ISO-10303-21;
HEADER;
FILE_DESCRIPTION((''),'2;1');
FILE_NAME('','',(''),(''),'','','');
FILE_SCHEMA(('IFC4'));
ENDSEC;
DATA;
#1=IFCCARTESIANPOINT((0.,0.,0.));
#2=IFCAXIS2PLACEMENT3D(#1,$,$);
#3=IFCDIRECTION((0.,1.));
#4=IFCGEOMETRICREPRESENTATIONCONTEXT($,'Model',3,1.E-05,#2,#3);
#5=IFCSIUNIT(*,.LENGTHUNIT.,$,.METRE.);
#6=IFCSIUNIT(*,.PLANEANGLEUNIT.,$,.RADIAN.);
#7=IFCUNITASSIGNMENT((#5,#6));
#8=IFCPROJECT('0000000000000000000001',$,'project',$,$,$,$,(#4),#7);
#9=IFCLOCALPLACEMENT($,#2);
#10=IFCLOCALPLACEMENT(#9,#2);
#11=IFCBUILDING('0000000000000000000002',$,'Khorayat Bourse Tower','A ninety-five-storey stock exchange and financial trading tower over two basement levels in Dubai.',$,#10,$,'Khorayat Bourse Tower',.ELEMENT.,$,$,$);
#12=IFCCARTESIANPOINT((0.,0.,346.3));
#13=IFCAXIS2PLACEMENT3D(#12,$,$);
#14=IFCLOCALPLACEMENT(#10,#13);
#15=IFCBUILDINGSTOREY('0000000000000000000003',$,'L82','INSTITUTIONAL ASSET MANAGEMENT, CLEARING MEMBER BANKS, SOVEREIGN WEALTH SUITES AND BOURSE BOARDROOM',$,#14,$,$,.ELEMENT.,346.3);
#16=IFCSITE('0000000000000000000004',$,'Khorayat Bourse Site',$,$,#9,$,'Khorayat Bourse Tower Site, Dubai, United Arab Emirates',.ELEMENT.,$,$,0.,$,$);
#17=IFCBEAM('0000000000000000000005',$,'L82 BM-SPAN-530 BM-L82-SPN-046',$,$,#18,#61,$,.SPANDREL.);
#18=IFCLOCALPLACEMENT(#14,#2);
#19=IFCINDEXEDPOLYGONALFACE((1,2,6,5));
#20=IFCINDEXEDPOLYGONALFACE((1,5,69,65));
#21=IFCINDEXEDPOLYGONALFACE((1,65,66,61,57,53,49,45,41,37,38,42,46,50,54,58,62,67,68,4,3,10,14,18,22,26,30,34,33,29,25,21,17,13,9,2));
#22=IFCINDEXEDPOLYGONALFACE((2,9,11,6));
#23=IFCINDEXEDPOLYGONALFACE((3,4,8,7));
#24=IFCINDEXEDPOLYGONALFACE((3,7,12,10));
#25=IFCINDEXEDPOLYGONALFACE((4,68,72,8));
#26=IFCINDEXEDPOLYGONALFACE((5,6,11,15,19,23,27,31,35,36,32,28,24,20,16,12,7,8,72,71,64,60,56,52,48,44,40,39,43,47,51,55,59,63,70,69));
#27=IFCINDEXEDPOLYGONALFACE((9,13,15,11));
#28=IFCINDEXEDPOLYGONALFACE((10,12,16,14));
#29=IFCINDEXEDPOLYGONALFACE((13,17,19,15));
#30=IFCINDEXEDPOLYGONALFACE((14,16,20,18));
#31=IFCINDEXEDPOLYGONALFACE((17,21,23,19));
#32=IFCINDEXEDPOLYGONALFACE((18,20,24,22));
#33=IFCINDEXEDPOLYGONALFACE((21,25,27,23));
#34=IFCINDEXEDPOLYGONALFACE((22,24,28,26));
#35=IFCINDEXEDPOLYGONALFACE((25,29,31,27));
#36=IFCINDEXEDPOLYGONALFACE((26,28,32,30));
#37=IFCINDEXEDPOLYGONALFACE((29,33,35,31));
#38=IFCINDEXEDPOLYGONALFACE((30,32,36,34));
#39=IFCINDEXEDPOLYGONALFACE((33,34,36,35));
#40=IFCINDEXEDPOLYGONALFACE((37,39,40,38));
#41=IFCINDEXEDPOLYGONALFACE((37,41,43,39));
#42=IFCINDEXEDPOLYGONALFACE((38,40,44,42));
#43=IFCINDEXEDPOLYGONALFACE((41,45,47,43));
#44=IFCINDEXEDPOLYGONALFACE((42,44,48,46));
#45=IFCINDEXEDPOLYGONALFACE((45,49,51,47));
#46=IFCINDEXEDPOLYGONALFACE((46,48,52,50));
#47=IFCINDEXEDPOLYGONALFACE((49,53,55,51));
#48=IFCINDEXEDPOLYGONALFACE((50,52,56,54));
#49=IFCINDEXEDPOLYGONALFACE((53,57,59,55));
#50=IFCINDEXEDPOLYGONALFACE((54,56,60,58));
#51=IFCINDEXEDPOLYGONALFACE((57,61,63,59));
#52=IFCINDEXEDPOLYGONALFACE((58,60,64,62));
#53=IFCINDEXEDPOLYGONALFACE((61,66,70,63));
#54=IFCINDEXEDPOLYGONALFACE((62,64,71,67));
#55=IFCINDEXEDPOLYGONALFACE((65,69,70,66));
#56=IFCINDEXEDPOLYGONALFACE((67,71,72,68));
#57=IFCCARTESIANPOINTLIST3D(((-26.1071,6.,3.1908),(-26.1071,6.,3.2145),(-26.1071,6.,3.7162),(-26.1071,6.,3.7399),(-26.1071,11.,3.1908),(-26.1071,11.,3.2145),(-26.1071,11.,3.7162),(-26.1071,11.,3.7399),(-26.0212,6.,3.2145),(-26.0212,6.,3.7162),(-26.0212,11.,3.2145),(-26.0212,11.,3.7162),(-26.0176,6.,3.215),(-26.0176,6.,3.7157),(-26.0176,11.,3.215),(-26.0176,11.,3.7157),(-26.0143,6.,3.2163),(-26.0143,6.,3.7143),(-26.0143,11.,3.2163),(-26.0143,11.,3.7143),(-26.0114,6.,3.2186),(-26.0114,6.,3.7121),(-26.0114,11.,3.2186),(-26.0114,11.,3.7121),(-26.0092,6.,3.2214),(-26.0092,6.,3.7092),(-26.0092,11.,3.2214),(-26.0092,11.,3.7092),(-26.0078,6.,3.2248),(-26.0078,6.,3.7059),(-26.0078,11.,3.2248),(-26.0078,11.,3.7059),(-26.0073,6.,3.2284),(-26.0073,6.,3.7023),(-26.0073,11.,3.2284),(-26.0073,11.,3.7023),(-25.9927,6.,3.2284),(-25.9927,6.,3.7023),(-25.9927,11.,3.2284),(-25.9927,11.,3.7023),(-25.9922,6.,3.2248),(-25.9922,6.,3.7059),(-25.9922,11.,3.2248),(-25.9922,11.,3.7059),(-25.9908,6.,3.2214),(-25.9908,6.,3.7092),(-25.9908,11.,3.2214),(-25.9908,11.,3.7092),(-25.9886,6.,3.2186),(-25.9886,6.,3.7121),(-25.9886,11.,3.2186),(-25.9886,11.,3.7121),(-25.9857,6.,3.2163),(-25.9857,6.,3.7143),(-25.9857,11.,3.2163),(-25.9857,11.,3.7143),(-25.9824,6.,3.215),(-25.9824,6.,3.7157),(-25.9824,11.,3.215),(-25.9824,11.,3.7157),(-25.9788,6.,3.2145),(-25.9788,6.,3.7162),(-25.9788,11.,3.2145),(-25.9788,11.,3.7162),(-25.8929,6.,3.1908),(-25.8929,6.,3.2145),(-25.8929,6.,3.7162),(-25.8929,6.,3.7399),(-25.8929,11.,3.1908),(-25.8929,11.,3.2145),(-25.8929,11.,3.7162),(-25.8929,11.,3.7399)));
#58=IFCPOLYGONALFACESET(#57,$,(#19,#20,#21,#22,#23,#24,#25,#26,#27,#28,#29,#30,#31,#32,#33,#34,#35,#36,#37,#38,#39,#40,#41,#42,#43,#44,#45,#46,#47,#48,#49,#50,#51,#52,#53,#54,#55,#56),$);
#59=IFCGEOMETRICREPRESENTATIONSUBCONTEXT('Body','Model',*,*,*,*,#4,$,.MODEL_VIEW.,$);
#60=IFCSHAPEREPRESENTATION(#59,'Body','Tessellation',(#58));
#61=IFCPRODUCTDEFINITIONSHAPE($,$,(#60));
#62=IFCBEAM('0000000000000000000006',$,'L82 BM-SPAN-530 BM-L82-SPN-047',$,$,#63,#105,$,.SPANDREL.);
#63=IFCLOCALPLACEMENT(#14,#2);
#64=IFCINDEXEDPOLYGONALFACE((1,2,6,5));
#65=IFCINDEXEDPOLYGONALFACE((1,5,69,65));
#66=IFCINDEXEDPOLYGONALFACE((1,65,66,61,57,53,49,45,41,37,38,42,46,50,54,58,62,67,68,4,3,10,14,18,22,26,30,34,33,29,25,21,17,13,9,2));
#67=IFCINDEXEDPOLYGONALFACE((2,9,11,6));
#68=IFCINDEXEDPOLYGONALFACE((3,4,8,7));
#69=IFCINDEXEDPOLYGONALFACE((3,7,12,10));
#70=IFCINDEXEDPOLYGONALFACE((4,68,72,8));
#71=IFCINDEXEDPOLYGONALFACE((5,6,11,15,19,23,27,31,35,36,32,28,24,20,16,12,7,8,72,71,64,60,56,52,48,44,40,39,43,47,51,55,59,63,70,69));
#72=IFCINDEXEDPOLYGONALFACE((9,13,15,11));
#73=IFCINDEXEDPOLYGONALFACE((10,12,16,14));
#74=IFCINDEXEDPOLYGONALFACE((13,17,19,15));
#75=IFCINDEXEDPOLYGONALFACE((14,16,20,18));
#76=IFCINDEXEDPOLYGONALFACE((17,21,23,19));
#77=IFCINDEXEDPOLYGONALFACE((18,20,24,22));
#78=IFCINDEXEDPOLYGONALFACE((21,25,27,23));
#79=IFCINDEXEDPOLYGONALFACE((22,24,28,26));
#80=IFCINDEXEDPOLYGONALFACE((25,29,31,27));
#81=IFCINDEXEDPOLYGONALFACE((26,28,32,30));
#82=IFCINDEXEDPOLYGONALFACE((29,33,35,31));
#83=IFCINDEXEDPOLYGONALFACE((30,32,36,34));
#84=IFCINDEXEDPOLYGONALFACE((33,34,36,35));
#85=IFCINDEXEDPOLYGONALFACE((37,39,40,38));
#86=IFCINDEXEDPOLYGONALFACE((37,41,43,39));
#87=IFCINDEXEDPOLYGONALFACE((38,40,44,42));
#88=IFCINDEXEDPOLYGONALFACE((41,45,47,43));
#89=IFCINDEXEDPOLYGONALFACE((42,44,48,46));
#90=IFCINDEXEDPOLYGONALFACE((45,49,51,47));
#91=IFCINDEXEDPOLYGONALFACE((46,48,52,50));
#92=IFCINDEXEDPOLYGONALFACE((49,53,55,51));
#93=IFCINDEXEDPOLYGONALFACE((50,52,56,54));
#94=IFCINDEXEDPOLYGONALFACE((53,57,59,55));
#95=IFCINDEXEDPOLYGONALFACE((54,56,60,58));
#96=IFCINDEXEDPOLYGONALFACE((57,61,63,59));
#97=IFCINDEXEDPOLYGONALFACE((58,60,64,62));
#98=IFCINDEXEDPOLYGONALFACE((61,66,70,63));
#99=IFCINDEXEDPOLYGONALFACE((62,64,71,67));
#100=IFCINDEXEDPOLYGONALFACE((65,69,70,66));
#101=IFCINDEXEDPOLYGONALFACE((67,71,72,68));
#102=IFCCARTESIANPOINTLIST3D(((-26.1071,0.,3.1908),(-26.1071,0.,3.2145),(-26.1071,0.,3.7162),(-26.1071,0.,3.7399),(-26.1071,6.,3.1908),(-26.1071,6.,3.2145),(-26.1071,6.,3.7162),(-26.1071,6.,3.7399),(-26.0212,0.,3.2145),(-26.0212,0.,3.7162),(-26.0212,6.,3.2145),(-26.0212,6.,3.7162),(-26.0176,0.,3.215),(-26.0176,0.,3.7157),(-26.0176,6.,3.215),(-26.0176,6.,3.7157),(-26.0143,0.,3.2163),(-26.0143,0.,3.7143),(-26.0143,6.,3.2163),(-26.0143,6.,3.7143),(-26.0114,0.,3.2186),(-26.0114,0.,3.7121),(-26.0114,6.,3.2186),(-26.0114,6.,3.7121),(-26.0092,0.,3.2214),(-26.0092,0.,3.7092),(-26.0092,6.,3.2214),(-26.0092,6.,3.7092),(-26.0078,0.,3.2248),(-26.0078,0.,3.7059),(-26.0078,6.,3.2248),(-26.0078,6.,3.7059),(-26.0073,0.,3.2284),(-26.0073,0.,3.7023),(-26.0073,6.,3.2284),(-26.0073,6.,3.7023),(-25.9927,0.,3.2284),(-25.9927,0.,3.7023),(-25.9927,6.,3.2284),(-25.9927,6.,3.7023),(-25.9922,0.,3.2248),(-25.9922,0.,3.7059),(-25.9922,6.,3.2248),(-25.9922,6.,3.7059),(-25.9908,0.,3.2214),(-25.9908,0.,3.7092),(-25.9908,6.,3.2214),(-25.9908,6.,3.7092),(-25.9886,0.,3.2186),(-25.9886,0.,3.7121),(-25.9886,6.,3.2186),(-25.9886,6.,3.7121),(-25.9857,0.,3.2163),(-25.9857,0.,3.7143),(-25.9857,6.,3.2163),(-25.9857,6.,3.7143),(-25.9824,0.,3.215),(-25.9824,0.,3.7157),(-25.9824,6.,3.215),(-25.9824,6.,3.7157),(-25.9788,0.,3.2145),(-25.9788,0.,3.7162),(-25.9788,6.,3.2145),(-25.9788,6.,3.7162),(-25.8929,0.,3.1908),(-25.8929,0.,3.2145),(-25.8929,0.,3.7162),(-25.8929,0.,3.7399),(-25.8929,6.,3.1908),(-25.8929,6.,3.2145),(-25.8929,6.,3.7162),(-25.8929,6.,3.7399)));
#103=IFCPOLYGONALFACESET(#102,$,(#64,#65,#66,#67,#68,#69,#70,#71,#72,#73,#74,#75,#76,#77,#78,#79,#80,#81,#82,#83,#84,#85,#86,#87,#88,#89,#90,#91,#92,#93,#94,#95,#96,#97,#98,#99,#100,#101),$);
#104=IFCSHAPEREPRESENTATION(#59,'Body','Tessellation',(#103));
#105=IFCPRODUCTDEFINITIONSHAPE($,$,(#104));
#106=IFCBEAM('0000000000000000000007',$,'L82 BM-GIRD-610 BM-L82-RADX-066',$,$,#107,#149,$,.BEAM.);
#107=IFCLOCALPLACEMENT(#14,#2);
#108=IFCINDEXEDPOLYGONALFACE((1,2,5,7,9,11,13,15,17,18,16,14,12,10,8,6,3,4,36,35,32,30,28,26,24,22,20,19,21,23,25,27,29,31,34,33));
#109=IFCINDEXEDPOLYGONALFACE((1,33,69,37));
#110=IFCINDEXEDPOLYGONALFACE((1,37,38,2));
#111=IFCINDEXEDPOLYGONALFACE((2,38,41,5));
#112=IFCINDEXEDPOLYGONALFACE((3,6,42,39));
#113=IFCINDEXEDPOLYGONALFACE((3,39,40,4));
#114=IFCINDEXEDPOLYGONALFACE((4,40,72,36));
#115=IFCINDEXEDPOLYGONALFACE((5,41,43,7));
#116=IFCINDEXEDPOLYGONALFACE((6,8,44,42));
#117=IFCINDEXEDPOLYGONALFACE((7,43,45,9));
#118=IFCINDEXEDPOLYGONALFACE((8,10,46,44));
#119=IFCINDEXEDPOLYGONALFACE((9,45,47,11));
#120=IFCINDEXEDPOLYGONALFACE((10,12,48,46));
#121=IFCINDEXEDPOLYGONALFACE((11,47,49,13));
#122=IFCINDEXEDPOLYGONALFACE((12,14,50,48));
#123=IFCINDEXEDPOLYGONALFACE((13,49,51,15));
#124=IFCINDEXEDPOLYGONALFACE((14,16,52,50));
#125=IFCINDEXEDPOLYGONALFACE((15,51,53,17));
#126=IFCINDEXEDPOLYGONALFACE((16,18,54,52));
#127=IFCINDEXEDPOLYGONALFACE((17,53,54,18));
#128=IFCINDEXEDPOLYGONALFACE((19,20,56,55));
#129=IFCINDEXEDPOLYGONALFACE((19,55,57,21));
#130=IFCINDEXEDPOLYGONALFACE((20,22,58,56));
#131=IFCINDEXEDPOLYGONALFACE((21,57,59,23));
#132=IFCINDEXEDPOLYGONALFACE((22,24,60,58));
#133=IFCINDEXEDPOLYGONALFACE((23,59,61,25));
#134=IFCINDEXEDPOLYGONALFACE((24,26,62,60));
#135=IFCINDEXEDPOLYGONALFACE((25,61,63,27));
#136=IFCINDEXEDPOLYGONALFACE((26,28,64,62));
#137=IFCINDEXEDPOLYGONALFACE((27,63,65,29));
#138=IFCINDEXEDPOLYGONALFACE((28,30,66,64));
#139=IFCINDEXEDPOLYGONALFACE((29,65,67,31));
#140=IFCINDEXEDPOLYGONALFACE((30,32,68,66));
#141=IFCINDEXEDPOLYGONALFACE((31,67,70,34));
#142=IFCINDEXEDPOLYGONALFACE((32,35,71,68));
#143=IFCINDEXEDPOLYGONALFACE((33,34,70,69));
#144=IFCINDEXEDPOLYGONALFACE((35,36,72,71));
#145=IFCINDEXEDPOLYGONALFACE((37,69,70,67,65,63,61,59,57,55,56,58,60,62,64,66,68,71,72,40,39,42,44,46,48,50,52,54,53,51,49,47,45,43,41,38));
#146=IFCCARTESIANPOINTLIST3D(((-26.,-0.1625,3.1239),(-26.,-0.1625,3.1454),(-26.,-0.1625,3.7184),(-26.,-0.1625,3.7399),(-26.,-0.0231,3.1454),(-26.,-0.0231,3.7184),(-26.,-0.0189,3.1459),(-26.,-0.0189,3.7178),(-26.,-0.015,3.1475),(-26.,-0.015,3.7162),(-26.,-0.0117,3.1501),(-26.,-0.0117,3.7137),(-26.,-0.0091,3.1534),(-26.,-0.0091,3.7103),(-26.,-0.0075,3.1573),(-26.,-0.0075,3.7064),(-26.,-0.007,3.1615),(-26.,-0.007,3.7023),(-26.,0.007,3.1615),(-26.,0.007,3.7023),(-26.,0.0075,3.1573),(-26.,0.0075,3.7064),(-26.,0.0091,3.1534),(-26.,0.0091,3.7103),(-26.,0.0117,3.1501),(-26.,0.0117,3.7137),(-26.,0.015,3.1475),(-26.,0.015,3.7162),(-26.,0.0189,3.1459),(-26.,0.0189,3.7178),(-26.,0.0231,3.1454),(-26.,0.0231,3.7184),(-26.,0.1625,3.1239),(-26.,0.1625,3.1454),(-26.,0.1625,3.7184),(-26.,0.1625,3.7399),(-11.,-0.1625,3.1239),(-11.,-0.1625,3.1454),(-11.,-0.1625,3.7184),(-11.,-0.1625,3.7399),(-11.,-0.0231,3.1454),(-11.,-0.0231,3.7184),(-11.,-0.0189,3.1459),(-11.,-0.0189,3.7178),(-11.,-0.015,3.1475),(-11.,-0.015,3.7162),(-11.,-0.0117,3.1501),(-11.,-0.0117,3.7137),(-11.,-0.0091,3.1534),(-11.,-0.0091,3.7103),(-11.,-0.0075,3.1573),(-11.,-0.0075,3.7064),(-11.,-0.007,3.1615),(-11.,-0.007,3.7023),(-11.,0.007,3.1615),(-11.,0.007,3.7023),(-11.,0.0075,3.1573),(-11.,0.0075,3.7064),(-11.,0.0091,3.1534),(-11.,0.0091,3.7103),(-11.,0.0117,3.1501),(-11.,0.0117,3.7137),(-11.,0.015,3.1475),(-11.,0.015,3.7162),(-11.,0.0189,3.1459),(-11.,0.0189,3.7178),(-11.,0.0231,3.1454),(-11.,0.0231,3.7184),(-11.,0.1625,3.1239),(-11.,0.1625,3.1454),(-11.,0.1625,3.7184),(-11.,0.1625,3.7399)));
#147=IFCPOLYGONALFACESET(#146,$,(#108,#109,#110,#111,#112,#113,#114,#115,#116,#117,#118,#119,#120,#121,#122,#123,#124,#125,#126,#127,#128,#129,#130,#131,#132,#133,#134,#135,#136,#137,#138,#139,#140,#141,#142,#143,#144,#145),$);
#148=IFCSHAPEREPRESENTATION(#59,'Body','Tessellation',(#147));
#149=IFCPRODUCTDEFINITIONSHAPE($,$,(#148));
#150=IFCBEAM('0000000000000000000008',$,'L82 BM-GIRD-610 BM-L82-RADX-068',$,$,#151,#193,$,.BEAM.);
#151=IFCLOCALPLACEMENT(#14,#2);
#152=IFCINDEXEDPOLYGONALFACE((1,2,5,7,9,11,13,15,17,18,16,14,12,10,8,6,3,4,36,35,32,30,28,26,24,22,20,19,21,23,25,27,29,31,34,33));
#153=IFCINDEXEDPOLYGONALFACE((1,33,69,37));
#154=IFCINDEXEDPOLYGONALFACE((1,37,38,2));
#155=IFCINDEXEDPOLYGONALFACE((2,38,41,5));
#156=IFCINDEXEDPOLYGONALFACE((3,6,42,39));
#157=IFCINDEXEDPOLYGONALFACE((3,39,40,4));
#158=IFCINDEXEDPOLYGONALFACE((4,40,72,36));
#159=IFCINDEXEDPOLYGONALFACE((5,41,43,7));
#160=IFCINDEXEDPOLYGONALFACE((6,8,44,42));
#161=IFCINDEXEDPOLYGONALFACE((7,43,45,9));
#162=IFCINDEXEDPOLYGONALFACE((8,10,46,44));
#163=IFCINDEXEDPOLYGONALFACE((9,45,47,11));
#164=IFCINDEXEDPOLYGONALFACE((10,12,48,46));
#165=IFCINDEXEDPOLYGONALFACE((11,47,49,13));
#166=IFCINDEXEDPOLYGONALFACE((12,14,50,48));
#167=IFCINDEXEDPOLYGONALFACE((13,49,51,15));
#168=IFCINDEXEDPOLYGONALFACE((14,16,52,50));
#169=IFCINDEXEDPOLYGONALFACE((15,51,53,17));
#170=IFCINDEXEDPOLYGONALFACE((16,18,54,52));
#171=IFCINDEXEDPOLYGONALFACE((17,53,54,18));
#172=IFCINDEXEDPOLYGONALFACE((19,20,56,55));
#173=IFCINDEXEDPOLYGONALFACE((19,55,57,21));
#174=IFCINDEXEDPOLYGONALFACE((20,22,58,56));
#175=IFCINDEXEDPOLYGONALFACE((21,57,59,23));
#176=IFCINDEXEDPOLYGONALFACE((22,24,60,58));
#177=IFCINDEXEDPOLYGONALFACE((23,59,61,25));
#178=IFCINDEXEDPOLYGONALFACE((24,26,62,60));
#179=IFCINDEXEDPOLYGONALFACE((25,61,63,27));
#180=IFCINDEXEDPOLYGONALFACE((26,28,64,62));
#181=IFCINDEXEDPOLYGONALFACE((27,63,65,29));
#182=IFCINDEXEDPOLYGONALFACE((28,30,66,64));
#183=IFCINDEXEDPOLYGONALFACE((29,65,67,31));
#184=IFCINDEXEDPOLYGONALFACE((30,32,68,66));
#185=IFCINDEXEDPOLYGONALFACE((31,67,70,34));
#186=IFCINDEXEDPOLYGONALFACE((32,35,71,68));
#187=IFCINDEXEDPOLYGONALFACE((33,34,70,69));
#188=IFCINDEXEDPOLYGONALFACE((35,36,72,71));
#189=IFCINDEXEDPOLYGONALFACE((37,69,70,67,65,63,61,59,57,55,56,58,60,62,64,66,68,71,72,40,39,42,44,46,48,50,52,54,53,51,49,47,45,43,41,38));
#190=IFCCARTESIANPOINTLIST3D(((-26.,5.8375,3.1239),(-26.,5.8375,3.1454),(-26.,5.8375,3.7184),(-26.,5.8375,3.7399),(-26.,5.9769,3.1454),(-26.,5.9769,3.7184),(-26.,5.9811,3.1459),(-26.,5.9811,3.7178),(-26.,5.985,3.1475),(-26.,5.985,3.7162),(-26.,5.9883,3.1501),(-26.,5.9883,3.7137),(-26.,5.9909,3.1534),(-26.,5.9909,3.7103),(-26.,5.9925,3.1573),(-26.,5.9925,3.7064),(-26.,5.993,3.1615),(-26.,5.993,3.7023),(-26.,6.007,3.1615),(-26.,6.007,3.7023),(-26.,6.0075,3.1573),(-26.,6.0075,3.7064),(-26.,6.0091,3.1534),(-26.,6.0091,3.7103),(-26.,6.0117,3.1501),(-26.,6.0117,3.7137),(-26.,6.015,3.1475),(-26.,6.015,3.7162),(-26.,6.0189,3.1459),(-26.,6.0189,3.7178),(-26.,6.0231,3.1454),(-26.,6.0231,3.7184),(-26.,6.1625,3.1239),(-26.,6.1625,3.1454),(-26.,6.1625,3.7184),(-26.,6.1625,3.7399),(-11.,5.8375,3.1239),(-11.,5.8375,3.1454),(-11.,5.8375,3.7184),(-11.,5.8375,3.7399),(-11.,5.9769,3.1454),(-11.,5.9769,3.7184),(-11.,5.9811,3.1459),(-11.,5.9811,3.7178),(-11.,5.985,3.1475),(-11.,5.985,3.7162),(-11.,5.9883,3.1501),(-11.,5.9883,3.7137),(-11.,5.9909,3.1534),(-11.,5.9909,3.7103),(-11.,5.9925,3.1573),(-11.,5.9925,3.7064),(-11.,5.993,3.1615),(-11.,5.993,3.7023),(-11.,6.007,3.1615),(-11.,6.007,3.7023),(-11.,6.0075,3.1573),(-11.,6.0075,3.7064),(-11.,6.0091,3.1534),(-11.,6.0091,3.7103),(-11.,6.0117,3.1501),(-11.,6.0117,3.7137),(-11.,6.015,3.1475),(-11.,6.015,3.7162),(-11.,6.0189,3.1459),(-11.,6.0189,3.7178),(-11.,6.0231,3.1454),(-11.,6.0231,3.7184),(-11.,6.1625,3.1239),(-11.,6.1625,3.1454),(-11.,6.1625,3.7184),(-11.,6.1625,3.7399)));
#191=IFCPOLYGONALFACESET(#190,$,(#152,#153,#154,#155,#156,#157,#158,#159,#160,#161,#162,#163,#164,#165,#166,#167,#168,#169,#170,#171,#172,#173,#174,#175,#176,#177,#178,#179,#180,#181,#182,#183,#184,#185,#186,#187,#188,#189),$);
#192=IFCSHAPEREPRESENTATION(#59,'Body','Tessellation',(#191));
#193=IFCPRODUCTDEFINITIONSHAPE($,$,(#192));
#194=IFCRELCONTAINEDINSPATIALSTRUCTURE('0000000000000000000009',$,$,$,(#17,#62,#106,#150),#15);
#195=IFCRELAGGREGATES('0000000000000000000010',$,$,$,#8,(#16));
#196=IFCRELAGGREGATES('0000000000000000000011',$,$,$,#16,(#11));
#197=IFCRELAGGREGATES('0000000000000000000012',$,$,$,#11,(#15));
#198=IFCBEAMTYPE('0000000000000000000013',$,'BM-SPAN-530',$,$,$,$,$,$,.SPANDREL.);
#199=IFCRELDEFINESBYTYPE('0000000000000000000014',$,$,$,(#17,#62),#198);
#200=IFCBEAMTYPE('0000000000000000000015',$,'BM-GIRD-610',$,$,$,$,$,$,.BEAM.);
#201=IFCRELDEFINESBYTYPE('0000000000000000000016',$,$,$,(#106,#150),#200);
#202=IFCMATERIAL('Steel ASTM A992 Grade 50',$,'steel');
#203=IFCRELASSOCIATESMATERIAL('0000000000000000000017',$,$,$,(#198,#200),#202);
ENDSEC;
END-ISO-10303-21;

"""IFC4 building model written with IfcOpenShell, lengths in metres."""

from ifc_helpers import new_model, si_unit, direction, frame, origin, origin_2d, place, context, subcontext, project, spatial, i_section, extrude, source, transform, mapped, material, material_profile, profile_set, type_object, element, save


model = new_model("IFC4")

# Units and contexts
model_context = context("Model", 3, precision=1e-05, world=origin(), true_north=direction((0.0, 1.0)))
body_context = subcontext(model_context, "Body", "Model", "MODEL_VIEW")
ifc_project = project(units=[si_unit("LENGTHUNIT", "METRE"), si_unit("PLANEANGLEUNIT", "RADIAN")], contexts=[model_context])

# Site, building, storey
site_placement = place(None, origin())
site = spatial("IfcSite", under=ifc_project, at=site_placement, Name="Khorayat Bourse Site", LongName="Khorayat Bourse Tower Site, Dubai, United Arab Emirates", CompositionType="ELEMENT", RefElevation=0.0)
building_placement = place(site_placement, origin())
building = spatial("IfcBuilding", under=site, at=building_placement, Name="Khorayat Bourse Tower", Description="A ninety-five-storey stock exchange and financial trading tower over two basement levels in Dubai.", LongName="Khorayat Bourse Tower", CompositionType="ELEMENT")
storey_placement = place(building_placement, frame((0.0, 0.0, 346.3)))
storey = spatial("IfcBuildingStorey", under=building, at=storey_placement, Name="L82", Description="INSTITUTIONAL ASSET MANAGEMENT, CLEARING MEMBER BANKS, SOVEREIGN WEALTH SUITES AND BOURSE BOARDROOM", CompositionType="ELEMENT", Elevation=346.3)

# Beams
ifc_material_1 = material(Name="Steel ASTM A992 Grade 50", Category="steel")
ifc_material_profile_1 = material_profile(ifc_material_1, i_section(OverallWidth=0.2141, OverallDepth=0.5491, WebThickness=0.0146, FlangeThickness=0.0237, FilletRadius=0.0139, at=origin_2d()), Name="W530X138")
ifc_profile_set_1 = profile_set([ifc_material_profile_1], Name="Steel ASTM A992 Grade 50")
beam_type_1 = type_object("IfcBeamType", Name="BM-SPAN-530", PredefinedType="SPANDREL", material=ifc_profile_set_1)
shared_shape_1 = source(origin(), body_context, "Body", "SweptSolid", [
    extrude(i_section(OverallWidth=0.2141, OverallDepth=0.5491, WebThickness=0.0146, FlangeThickness=0.0237, FilletRadius=0.0139, at=origin_2d()), origin(), (0.0, 0.0, 1.0), 5.0),
])
beam_1_placement = place(storey_placement, frame((-26.0, 6.0, 3.4653), z_axis=(0.0, 1.0, 0.0), x_axis=(-1.0, 0.0, 0.0)))
element("IfcBeam", 1, at=beam_1_placement, inside=storey, type_object=beam_type_1, Name="L82 BM-SPAN-530 BM-L82-SPN-046", PredefinedType="SPANDREL", context=body_context, shape_type="MappedRepresentation", body=[
    mapped(shared_shape_1, transform((0.0, 0.0, 0.0), scale=1.0)),
])
shared_shape_2 = source(origin(), body_context, "Body", "SweptSolid", [
    extrude(i_section(OverallWidth=0.2141, OverallDepth=0.5491, WebThickness=0.0146, FlangeThickness=0.0237, FilletRadius=0.0139, at=origin_2d()), origin(), (0.0, 0.0, 1.0), 6.0),
])
beam_2_placement = place(storey_placement, frame((-26.0, 0.0, 3.4653), z_axis=(0.0, 1.0, 0.0), x_axis=(-1.0, 0.0, 0.0)))
element("IfcBeam", 2, at=beam_2_placement, inside=storey, type_object=beam_type_1, Name="L82 BM-SPAN-530 BM-L82-SPN-047", PredefinedType="SPANDREL", context=body_context, shape_type="MappedRepresentation", body=[
    mapped(shared_shape_2, transform((0.0, 0.0, 0.0), scale=1.0)),
])
ifc_material_profile_2 = material_profile(ifc_material_1, i_section(OverallWidth=0.325, OverallDepth=0.616, WebThickness=0.0139, FlangeThickness=0.0215, FilletRadius=0.0161, at=origin_2d()), Name="W610X174")
ifc_profile_set_2 = profile_set([ifc_material_profile_2], Name="Steel ASTM A992 Grade 50")
beam_type_2 = type_object("IfcBeamType", Name="BM-GIRD-610", PredefinedType="BEAM", material=ifc_profile_set_2)
shared_shape_3 = source(origin(), body_context, "Body", "SweptSolid", [
    extrude(i_section(OverallWidth=0.325, OverallDepth=0.616, WebThickness=0.0139, FlangeThickness=0.0215, FilletRadius=0.0161, at=origin_2d()), origin(), (0.0, 0.0, 1.0), 15.0),
])
for number, where, z_axis, x_axis, name in (
    (3, (-26.0, 0.0, 3.4319), (1.0, 0.0, 0.0), (0.0, 1.0, 0.0), "L82 BM-GIRD-610 BM-L82-RADX-066"),
    (4, (-26.0, 6.0, 3.4319), (1.0, 0.0, 0.0), (0.0, 1.0, 0.0), "L82 BM-GIRD-610 BM-L82-RADX-068"),
):
    element("IfcBeam", number, at=place(storey_placement, frame(where, z_axis=z_axis, x_axis=x_axis)), inside=storey, type_object=beam_type_2, Name=name, PredefinedType="BEAM", context=body_context, shape_type="MappedRepresentation", body=[
        mapped(shared_shape_3, transform((0.0, 0.0, 0.0), scale=1.0)),
    ])

save(model, "model.ifc")
